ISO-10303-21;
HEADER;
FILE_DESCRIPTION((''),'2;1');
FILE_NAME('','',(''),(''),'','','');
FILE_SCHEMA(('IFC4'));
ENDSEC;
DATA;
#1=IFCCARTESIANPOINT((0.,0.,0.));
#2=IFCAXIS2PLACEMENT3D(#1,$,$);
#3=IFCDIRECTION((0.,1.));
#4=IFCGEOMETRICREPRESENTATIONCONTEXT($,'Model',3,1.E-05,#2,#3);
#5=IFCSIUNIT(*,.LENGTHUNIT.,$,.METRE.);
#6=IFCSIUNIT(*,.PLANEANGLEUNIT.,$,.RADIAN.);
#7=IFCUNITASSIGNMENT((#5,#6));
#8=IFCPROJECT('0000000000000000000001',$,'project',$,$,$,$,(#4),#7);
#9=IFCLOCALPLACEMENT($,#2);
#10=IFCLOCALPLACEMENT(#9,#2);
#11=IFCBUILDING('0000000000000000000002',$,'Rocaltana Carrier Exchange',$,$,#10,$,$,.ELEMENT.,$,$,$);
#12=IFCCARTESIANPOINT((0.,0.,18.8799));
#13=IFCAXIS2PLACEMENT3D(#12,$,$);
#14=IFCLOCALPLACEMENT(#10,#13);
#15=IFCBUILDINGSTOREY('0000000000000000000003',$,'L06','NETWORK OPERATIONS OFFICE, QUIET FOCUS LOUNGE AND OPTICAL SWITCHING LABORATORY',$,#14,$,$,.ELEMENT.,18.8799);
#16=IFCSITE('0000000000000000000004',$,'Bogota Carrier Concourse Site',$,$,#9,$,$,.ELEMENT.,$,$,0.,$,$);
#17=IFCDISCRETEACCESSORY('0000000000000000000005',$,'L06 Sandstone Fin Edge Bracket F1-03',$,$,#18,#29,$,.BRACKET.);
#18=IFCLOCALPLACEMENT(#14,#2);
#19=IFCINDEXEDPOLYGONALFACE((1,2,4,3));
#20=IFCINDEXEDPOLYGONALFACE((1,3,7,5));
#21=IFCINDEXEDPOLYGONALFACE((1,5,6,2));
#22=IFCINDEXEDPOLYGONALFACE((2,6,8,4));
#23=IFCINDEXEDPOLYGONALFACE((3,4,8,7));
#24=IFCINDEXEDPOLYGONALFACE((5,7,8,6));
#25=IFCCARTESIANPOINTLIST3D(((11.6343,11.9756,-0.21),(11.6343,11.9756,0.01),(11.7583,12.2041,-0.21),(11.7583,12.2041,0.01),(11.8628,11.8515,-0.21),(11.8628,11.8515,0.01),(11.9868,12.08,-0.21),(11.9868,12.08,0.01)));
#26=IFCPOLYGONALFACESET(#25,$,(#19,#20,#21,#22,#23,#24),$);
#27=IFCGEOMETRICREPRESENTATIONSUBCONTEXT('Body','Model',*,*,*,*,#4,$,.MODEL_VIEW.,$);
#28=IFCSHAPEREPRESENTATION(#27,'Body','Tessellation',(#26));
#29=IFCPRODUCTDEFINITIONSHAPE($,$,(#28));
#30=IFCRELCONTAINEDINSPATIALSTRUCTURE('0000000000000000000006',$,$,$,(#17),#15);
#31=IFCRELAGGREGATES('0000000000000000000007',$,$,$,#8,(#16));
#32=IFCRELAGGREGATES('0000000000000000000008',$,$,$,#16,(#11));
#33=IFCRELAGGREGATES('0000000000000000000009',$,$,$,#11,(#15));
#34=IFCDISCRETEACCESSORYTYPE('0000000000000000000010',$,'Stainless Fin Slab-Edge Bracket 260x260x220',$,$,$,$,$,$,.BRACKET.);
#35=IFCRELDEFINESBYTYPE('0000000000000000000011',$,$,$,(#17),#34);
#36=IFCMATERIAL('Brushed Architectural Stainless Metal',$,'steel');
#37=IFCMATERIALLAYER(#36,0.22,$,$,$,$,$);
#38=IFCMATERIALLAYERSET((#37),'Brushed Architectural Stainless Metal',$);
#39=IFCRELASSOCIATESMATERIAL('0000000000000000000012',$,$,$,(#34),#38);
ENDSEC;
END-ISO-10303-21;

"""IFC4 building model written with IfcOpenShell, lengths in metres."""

from ifc_helpers import new_model, si_unit, direction, frame, origin, origin_2d, place, context, subcontext, project, spatial, rectangle, extrude, material, layer, layer_set, type_object, element, save


model = new_model("IFC4")

# Units and contexts
model_context = context("Model", 3, precision=1e-05, world=origin(), true_north=direction((0.0, 1.0)))
body_context = subcontext(model_context, "Body", "Model", "MODEL_VIEW")
ifc_project = project(units=[si_unit("LENGTHUNIT", "METRE"), si_unit("PLANEANGLEUNIT", "RADIAN")], contexts=[model_context])

# Site, building, storey
site_placement = place(None, origin())
site = spatial("IfcSite", under=ifc_project, at=site_placement, Name="Bogota Carrier Concourse Site", CompositionType="ELEMENT", RefElevation=0.0)
building_placement = place(site_placement, origin())
building = spatial("IfcBuilding", under=site, at=building_placement, Name="Rocaltana Carrier Exchange", CompositionType="ELEMENT")
storey_placement = place(building_placement, frame((0.0, 0.0, 18.8799)))
storey = spatial("IfcBuildingStorey", under=building, at=storey_placement, Name="L06", Description="NETWORK OPERATIONS OFFICE, QUIET FOCUS LOUNGE AND OPTICAL SWITCHING LABORATORY", CompositionType="ELEMENT", Elevation=18.8799)

# Discrete accessory
ifc_material_1 = material(Name="Brushed Architectural Stainless Metal", Category="steel")
ifc_layer_1 = layer(ifc_material_1, 0.22)
ifc_layer_set_1 = layer_set([ifc_layer_1], Name="Brushed Architectural Stainless Metal")
discrete_accessory_type = type_object("IfcDiscreteAccessoryType", Name="Stainless Fin Slab-Edge Bracket 260x260x220", PredefinedType="BRACKET", material=ifc_layer_set_1)
discrete_accessory_placement = place(storey_placement, frame((11.8105, 12.0278, -0.21), z_axis=(0.0, 0.0, 1.0), x_axis=(-0.878817, 0.477159, 0.0)))
element("IfcDiscreteAccessory", 1, at=discrete_accessory_placement, inside=storey, type_object=discrete_accessory_type, Name="L06 Sandstone Fin Edge Bracket F1-03", PredefinedType="BRACKET", context=body_context, shape_type="SweptSolid", body=[
    extrude(rectangle(XDim=0.26, YDim=0.26, at=origin_2d()), origin(), (0.0, 0.0, 1.0), 0.22),
])

save(model, "model.ifc")
